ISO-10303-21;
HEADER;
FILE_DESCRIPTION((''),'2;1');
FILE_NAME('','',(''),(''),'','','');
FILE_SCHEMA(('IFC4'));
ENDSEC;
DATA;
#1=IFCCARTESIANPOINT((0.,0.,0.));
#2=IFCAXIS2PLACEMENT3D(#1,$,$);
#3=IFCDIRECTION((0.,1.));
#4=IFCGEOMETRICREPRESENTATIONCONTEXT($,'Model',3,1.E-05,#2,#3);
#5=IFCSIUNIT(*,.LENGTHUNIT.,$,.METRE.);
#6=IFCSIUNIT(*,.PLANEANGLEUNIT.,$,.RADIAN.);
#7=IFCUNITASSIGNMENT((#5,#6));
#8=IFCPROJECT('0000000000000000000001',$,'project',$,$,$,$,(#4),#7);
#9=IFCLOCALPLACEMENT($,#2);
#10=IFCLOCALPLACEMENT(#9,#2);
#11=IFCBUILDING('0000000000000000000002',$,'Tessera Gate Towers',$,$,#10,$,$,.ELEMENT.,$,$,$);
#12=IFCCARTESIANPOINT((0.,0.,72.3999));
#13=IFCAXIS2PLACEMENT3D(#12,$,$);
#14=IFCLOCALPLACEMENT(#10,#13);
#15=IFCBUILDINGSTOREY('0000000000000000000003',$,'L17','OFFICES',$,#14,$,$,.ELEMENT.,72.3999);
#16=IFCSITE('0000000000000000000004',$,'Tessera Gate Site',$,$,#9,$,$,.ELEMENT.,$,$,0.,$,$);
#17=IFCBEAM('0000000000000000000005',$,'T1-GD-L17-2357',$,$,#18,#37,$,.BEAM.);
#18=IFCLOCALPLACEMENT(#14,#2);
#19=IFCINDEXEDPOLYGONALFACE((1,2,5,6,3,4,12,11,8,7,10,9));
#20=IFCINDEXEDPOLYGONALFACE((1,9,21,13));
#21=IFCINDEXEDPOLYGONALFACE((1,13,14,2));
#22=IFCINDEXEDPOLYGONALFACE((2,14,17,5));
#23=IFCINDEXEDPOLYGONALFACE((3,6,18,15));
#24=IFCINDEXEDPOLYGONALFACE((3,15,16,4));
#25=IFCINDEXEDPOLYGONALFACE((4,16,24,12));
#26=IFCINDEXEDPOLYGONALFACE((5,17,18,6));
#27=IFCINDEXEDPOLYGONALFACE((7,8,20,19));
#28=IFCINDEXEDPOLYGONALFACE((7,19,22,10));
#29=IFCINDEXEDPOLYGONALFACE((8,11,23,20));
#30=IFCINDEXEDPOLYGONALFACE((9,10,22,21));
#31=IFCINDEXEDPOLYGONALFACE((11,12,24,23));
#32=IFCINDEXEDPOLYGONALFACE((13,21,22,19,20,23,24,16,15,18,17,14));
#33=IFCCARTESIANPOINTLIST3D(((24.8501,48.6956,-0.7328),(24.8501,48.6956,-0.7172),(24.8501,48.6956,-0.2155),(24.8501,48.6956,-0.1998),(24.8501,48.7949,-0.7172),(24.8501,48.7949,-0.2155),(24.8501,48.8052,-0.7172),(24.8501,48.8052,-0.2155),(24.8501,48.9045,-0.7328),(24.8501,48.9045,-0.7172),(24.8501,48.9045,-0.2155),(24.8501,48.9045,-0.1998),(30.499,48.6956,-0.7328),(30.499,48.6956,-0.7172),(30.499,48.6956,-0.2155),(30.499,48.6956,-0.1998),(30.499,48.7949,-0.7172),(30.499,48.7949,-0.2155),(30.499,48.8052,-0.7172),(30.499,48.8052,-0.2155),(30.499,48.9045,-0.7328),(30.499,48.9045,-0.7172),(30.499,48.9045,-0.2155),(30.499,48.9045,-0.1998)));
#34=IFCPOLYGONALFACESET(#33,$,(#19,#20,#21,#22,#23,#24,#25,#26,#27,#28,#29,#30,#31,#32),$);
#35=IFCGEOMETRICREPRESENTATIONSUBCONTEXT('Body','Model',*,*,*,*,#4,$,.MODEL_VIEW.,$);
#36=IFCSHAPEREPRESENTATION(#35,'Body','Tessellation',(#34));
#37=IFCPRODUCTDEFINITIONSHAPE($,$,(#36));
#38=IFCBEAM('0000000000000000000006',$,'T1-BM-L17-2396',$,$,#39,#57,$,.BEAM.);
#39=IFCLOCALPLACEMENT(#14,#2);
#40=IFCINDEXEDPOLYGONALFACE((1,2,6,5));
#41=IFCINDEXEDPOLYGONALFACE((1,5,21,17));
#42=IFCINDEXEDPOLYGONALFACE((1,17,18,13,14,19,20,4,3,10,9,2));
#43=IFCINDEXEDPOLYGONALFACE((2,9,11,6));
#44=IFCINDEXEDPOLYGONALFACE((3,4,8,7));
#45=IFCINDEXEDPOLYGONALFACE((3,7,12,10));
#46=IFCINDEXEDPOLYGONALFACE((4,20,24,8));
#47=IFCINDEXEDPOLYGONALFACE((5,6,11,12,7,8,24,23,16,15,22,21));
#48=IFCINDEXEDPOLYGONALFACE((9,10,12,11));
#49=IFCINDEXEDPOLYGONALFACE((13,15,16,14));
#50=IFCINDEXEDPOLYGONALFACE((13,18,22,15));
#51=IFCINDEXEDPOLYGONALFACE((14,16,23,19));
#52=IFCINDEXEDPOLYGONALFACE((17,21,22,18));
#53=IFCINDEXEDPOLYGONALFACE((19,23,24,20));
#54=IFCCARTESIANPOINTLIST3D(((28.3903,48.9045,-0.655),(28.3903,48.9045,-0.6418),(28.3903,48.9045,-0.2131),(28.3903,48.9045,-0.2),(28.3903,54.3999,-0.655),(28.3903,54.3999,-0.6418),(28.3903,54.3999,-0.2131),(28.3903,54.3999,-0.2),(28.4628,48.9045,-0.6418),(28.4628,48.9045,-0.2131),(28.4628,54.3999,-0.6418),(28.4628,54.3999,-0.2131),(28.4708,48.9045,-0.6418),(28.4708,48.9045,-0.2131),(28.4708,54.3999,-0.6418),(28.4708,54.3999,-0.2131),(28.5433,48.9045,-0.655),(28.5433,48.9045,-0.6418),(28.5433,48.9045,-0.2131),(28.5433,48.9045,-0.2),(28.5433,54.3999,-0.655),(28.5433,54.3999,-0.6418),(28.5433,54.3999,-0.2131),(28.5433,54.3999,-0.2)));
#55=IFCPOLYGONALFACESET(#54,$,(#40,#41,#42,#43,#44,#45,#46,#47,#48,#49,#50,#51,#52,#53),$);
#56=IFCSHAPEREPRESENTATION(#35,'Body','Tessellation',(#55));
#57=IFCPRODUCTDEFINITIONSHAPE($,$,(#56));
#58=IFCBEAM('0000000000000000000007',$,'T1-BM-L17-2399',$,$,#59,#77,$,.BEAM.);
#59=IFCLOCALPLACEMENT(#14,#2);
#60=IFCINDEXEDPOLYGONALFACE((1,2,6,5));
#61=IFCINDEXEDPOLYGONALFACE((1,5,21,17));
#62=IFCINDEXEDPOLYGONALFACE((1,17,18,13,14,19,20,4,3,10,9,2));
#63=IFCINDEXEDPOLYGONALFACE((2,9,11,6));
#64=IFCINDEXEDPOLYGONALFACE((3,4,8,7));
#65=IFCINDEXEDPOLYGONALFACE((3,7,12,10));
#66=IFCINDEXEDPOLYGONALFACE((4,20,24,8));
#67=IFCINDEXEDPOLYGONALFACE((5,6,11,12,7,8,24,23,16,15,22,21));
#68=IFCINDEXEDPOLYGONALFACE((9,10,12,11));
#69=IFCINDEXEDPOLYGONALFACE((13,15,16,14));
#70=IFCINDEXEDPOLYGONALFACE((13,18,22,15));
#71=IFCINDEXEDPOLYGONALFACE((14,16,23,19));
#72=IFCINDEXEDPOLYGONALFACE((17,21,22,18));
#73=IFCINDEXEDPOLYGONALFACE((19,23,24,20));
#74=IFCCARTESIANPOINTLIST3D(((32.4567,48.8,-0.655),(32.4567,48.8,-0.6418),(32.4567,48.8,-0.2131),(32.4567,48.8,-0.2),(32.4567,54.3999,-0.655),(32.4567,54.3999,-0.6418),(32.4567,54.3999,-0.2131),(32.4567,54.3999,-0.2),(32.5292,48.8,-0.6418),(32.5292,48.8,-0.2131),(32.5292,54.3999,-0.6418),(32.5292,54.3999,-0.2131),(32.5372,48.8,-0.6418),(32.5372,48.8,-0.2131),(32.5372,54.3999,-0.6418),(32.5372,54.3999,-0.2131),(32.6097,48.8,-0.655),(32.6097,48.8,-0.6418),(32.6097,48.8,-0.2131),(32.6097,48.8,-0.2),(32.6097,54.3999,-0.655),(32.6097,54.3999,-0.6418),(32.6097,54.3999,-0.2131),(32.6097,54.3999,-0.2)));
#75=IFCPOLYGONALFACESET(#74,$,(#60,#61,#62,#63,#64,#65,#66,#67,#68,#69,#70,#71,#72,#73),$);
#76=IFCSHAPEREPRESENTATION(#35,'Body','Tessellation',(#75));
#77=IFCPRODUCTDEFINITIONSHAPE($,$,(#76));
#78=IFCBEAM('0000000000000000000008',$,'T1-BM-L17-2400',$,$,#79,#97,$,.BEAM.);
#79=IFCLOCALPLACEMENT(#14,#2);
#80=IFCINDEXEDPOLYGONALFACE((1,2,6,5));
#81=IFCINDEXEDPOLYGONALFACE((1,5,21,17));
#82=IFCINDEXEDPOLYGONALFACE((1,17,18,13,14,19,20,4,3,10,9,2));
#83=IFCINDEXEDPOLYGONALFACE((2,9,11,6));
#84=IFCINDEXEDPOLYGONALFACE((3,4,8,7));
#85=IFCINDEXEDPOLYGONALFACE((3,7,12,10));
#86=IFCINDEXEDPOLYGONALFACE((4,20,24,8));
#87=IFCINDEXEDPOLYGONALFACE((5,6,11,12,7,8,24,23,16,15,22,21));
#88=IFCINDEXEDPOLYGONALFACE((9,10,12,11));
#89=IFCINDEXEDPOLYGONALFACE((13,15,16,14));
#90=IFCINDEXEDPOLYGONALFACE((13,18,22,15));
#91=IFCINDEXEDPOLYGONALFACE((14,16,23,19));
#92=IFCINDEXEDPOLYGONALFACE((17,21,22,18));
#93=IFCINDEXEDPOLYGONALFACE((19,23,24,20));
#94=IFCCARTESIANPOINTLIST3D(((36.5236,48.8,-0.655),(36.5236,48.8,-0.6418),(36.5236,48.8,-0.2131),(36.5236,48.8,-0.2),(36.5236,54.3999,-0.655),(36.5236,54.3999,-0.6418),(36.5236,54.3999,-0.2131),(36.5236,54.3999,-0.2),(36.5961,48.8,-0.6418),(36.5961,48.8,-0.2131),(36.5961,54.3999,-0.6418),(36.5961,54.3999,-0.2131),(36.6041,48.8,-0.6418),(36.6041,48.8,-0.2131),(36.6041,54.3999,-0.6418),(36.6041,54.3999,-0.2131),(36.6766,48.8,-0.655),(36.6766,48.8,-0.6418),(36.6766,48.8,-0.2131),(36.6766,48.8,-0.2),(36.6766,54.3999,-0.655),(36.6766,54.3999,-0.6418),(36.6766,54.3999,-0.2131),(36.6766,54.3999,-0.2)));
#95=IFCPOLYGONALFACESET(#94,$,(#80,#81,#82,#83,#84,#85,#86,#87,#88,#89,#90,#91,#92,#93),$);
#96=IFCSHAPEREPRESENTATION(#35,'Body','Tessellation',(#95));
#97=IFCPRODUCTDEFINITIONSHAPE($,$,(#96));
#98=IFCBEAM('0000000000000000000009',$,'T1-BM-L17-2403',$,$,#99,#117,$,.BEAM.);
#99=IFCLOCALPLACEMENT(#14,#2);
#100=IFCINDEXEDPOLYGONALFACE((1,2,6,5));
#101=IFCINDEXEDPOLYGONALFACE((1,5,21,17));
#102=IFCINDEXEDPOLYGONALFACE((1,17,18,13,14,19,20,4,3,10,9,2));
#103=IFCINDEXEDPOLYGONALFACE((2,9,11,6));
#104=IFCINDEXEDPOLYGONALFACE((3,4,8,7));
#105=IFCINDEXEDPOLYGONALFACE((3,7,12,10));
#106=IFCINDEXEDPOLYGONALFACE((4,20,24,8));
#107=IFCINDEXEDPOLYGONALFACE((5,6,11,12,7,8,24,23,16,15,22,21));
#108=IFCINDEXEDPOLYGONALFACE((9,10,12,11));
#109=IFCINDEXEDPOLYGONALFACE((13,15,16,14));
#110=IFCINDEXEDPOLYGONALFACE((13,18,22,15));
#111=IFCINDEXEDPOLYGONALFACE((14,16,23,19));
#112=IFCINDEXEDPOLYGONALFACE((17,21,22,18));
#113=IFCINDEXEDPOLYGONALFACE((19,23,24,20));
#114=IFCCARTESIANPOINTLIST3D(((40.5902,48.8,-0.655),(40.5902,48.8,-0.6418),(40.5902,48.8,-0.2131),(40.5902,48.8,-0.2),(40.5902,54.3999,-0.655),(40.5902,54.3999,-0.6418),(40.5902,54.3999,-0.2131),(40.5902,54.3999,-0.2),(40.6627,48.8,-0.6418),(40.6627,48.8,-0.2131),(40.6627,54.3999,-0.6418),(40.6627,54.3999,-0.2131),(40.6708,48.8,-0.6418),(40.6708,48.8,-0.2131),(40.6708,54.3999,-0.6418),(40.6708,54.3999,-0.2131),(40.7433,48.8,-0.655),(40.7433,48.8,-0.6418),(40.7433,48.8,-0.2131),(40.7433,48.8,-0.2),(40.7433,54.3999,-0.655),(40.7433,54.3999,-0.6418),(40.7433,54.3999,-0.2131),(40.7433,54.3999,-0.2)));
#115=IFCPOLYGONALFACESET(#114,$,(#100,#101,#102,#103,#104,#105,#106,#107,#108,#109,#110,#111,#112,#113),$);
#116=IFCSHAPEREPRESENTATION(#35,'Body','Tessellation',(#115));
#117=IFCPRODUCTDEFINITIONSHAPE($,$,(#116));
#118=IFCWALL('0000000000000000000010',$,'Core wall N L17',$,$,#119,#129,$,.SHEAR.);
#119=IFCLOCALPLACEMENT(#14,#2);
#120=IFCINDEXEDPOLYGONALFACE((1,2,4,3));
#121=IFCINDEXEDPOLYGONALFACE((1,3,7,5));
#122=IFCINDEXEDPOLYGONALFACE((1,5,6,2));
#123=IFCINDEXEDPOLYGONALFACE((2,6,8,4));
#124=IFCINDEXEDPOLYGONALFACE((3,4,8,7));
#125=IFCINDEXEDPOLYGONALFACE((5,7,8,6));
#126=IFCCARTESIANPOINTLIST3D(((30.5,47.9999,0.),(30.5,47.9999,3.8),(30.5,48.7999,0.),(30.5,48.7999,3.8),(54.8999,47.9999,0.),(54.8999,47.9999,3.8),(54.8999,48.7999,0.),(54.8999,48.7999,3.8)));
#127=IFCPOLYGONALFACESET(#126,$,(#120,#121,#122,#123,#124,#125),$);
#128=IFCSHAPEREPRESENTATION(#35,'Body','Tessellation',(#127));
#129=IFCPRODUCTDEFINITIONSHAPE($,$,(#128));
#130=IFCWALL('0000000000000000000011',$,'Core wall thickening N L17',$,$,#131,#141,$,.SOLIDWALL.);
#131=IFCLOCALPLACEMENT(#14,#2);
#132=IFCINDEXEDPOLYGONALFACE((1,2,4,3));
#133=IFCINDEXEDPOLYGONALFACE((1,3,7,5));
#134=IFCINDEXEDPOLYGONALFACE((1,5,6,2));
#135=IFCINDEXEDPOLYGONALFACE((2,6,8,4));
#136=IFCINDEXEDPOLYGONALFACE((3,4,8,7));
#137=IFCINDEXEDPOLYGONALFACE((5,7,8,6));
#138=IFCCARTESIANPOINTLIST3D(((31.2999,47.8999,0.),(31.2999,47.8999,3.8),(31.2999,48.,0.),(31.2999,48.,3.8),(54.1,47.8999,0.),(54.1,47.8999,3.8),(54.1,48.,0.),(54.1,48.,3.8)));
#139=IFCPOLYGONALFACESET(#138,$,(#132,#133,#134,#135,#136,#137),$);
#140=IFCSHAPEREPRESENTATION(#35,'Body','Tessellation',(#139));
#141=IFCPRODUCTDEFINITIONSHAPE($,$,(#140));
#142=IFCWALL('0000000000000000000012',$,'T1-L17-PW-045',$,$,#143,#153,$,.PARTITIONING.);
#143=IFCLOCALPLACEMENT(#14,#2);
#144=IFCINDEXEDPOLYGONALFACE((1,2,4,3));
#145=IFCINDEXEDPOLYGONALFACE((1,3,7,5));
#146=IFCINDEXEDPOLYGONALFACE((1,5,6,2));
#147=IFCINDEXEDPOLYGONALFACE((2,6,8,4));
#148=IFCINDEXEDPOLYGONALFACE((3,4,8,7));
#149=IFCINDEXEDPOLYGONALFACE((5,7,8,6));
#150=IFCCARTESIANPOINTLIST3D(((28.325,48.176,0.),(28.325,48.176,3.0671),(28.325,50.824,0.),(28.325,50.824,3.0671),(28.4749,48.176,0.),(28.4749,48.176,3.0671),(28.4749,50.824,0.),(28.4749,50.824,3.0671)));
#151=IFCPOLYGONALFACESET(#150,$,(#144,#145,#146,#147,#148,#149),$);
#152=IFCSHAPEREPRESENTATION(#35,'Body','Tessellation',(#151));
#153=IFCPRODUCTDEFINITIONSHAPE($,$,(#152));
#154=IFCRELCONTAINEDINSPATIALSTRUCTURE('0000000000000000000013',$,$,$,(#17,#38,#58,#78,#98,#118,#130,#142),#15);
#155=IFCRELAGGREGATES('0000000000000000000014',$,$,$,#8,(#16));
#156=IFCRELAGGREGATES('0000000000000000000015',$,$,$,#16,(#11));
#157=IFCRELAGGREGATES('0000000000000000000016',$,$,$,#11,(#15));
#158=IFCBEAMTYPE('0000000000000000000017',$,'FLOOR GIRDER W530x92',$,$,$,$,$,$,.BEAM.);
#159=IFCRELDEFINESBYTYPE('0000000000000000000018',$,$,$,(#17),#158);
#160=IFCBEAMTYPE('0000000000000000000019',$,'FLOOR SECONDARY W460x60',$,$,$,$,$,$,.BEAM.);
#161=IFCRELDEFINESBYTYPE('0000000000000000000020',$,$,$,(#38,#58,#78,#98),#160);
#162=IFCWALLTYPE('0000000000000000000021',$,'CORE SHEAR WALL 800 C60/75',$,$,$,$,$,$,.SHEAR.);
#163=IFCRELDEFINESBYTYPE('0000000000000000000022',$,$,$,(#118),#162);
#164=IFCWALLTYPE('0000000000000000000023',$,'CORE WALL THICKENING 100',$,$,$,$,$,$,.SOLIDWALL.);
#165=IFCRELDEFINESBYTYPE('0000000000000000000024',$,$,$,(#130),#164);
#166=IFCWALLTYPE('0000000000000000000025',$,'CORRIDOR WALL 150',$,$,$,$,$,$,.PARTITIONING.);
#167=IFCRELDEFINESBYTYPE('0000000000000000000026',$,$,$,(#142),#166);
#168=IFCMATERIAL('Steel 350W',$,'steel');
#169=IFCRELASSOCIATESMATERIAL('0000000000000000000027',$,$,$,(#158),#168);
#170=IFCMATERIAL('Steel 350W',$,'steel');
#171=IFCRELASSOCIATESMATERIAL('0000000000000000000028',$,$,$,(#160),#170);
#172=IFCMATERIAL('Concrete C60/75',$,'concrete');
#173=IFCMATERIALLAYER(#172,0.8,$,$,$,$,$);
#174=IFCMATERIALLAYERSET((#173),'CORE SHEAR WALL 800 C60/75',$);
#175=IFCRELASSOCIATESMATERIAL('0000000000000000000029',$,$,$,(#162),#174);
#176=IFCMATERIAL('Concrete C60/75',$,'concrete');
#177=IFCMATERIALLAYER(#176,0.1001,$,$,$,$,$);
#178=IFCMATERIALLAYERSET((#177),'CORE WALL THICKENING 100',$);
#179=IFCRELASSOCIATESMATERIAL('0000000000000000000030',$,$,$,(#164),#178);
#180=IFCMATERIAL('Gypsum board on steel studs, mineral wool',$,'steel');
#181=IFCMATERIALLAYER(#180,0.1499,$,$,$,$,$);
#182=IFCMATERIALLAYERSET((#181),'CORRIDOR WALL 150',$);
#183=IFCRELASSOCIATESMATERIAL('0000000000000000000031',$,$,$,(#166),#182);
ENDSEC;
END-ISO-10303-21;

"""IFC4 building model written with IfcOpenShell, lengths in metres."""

from ifc_helpers import new_model, si_unit, direction, frame, frame_2d, origin, origin_2d, place, context, subcontext, project, spatial, rectangle, i_section, extrude, material, layer, layer_set, material_profile, profile_set, type_object, element, save


model = new_model("IFC4")

# Units and contexts
model_context = context("Model", 3, precision=1e-05, world=origin(), true_north=direction((0.0, 1.0)))
body_context = subcontext(model_context, "Body", "Model", "MODEL_VIEW")
ifc_project = project(units=[si_unit("LENGTHUNIT", "METRE"), si_unit("PLANEANGLEUNIT", "RADIAN")], contexts=[model_context])

# Site, building, storey
site_placement = place(None, origin())
site = spatial("IfcSite", under=ifc_project, at=site_placement, Name="Tessera Gate Site", CompositionType="ELEMENT", RefElevation=0.0)
building_placement = place(site_placement, origin())
building = spatial("IfcBuilding", under=site, at=building_placement, Name="Tessera Gate Towers", CompositionType="ELEMENT")
storey_placement = place(building_placement, frame((0.0, 0.0, 72.3999)))
storey = spatial("IfcBuildingStorey", under=building, at=storey_placement, Name="L17", Description="OFFICES", CompositionType="ELEMENT", Elevation=72.3999)

# Beams
ifc_material_1 = material(Name="Steel 350W", Category="steel")
ifc_material_profile_1 = material_profile(ifc_material_1, i_section(OverallWidth=0.209, OverallDepth=0.533, WebThickness=0.0103, FlangeThickness=0.0156, at=origin_2d()), Name="W530x92")
ifc_profile_set_1 = profile_set([ifc_material_profile_1], Name="Steel 350W")
beam_type_1 = type_object("IfcBeamType", Name="FLOOR GIRDER W530x92", PredefinedType="BEAM", material=ifc_profile_set_1)
beam_1_placement = place(storey_placement, frame((24.8501, 48.8, -0.4663), z_axis=(1.0, 0.0, 0.0), x_axis=(0.0, 1.0, 0.0)))
element("IfcBeam", 1, at=beam_1_placement, inside=storey, type_object=beam_type_1, Name="T1-GD-L17-2357", PredefinedType="BEAM", context=body_context, shape_type="SweptSolid", body=[
    extrude(i_section(OverallWidth=0.209, OverallDepth=0.533, WebThickness=0.0103, FlangeThickness=0.0156, at=origin_2d()), origin(), (0.0, 0.0, 1.0), 5.6489),
])
ifc_material_2 = material(Name="Steel 350W", Category="steel")
ifc_material_profile_2 = material_profile(ifc_material_2, i_section(OverallWidth=0.1531, OverallDepth=0.4551, WebThickness=0.0081, FlangeThickness=0.0132, at=origin_2d()), Name="W460x60")
ifc_profile_set_2 = profile_set([ifc_material_profile_2], Name="Steel 350W")
beam_type_2 = type_object("IfcBeamType", Name="FLOOR SECONDARY W460x60", PredefinedType="BEAM", material=ifc_profile_set_2)
beam_2_placement = place(storey_placement, frame((28.4668, 48.9045, -0.4275), z_axis=(0.0, 1.0, 0.0), x_axis=(-1.0, 0.0, 0.0)))
element("IfcBeam", 2, at=beam_2_placement, inside=storey, type_object=beam_type_2, Name="T1-BM-L17-2396", PredefinedType="BEAM", context=body_context, shape_type="SweptSolid", body=[
    extrude(i_section(OverallWidth=0.1531, OverallDepth=0.4551, WebThickness=0.0081, FlangeThickness=0.0132, at=origin_2d()), origin(), (0.0, 0.0, 1.0), 5.4954),
])
for number, where, z_axis, x_axis, name in (
    (3, (32.5332, 48.8, -0.4275), (0.0, 1.0, 0.0), (-1.0, 0.0, 0.0), "T1-BM-L17-2399"),
    (4, (36.6001, 48.8, -0.4275), (0.0, 1.0, 0.0), (-1.0, 0.0, 0.0), "T1-BM-L17-2400"),
    (5, (40.6667, 48.8, -0.4275), (0.0, 1.0, 0.0), (-1.0, 0.0, 0.0), "T1-BM-L17-2403"),
):
    element("IfcBeam", number, at=place(storey_placement, frame(where, z_axis=z_axis, x_axis=x_axis)), inside=storey, type_object=beam_type_2, Name=name, PredefinedType="BEAM", context=body_context, shape_type="SweptSolid", body=[
        extrude(i_section(OverallWidth=0.1531, OverallDepth=0.4551, WebThickness=0.0081, FlangeThickness=0.0132, at=origin_2d()), origin(), (0.0, 0.0, 1.0), 5.5999),
    ])

# Walls
ifc_material_3 = material(Name="Concrete C60/75", Category="concrete")
ifc_layer_1 = layer(ifc_material_3, 0.8)
ifc_layer_set_1 = layer_set([ifc_layer_1], Name="CORE SHEAR WALL 800 C60/75")
wall_type_1 = type_object("IfcWallType", Name="CORE SHEAR WALL 800 C60/75", PredefinedType="SHEAR", material=ifc_layer_set_1)
wall_1_placement = place(storey_placement, frame((30.5, 48.3999, 0.0), z_axis=(0.0, 0.0, 1.0), x_axis=(1.0, 0.0, 0.0)))
element("IfcWall", 6, at=wall_1_placement, inside=storey, type_object=wall_type_1, Name="Core wall N L17", PredefinedType="SHEAR", context=body_context, shape_type="SweptSolid", body=[
    extrude(rectangle(XDim=24.3999, YDim=0.8, at=frame_2d((12.2, 0.0))), origin(), (0.0, 0.0, 1.0), 3.8),
])
ifc_material_4 = material(Name="Concrete C60/75", Category="concrete")
ifc_layer_2 = layer(ifc_material_4, 0.1001)
ifc_layer_set_2 = layer_set([ifc_layer_2], Name="CORE WALL THICKENING 100")
wall_type_2 = type_object("IfcWallType", Name="CORE WALL THICKENING 100", PredefinedType="SOLIDWALL", material=ifc_layer_set_2)
wall_2_placement = place(storey_placement, frame((31.3, 47.95, 0.0), z_axis=(0.0, 0.0, 1.0), x_axis=(1.0, 0.0, 0.0)))
element("IfcWall", 7, at=wall_2_placement, inside=storey, type_object=wall_type_2, Name="Core wall thickening N L17", PredefinedType="SOLIDWALL", context=body_context, shape_type="SweptSolid", body=[
    extrude(rectangle(XDim=22.8, YDim=0.1001, at=frame_2d((11.3999, 0.0))), origin(), (0.0, 0.0, 1.0), 3.8),
])
ifc_material_5 = material(Name="Gypsum board on steel studs, mineral wool", Category="steel")
ifc_layer_3 = layer(ifc_material_5, 0.1499)
ifc_layer_set_3 = layer_set([ifc_layer_3], Name="CORRIDOR WALL 150")
wall_type_3 = type_object("IfcWallType", Name="CORRIDOR WALL 150", PredefinedType="PARTITIONING", material=ifc_layer_set_3)
wall_3_placement = place(storey_placement, frame((28.3999, 48.176, 0.0), z_axis=(0.0, 0.0, 1.0), x_axis=(0.0, 1.0, 0.0)))
element("IfcWall", 8, at=wall_3_placement, inside=storey, type_object=wall_type_3, Name="T1-L17-PW-045", PredefinedType="PARTITIONING", context=body_context, shape_type="SweptSolid", body=[
    extrude(rectangle(XDim=2.6479, YDim=0.1499, at=frame_2d((1.324, 0.0))), origin(), (0.0, 0.0, 1.0), 3.0671),
])

save(model, "model.ifc")
